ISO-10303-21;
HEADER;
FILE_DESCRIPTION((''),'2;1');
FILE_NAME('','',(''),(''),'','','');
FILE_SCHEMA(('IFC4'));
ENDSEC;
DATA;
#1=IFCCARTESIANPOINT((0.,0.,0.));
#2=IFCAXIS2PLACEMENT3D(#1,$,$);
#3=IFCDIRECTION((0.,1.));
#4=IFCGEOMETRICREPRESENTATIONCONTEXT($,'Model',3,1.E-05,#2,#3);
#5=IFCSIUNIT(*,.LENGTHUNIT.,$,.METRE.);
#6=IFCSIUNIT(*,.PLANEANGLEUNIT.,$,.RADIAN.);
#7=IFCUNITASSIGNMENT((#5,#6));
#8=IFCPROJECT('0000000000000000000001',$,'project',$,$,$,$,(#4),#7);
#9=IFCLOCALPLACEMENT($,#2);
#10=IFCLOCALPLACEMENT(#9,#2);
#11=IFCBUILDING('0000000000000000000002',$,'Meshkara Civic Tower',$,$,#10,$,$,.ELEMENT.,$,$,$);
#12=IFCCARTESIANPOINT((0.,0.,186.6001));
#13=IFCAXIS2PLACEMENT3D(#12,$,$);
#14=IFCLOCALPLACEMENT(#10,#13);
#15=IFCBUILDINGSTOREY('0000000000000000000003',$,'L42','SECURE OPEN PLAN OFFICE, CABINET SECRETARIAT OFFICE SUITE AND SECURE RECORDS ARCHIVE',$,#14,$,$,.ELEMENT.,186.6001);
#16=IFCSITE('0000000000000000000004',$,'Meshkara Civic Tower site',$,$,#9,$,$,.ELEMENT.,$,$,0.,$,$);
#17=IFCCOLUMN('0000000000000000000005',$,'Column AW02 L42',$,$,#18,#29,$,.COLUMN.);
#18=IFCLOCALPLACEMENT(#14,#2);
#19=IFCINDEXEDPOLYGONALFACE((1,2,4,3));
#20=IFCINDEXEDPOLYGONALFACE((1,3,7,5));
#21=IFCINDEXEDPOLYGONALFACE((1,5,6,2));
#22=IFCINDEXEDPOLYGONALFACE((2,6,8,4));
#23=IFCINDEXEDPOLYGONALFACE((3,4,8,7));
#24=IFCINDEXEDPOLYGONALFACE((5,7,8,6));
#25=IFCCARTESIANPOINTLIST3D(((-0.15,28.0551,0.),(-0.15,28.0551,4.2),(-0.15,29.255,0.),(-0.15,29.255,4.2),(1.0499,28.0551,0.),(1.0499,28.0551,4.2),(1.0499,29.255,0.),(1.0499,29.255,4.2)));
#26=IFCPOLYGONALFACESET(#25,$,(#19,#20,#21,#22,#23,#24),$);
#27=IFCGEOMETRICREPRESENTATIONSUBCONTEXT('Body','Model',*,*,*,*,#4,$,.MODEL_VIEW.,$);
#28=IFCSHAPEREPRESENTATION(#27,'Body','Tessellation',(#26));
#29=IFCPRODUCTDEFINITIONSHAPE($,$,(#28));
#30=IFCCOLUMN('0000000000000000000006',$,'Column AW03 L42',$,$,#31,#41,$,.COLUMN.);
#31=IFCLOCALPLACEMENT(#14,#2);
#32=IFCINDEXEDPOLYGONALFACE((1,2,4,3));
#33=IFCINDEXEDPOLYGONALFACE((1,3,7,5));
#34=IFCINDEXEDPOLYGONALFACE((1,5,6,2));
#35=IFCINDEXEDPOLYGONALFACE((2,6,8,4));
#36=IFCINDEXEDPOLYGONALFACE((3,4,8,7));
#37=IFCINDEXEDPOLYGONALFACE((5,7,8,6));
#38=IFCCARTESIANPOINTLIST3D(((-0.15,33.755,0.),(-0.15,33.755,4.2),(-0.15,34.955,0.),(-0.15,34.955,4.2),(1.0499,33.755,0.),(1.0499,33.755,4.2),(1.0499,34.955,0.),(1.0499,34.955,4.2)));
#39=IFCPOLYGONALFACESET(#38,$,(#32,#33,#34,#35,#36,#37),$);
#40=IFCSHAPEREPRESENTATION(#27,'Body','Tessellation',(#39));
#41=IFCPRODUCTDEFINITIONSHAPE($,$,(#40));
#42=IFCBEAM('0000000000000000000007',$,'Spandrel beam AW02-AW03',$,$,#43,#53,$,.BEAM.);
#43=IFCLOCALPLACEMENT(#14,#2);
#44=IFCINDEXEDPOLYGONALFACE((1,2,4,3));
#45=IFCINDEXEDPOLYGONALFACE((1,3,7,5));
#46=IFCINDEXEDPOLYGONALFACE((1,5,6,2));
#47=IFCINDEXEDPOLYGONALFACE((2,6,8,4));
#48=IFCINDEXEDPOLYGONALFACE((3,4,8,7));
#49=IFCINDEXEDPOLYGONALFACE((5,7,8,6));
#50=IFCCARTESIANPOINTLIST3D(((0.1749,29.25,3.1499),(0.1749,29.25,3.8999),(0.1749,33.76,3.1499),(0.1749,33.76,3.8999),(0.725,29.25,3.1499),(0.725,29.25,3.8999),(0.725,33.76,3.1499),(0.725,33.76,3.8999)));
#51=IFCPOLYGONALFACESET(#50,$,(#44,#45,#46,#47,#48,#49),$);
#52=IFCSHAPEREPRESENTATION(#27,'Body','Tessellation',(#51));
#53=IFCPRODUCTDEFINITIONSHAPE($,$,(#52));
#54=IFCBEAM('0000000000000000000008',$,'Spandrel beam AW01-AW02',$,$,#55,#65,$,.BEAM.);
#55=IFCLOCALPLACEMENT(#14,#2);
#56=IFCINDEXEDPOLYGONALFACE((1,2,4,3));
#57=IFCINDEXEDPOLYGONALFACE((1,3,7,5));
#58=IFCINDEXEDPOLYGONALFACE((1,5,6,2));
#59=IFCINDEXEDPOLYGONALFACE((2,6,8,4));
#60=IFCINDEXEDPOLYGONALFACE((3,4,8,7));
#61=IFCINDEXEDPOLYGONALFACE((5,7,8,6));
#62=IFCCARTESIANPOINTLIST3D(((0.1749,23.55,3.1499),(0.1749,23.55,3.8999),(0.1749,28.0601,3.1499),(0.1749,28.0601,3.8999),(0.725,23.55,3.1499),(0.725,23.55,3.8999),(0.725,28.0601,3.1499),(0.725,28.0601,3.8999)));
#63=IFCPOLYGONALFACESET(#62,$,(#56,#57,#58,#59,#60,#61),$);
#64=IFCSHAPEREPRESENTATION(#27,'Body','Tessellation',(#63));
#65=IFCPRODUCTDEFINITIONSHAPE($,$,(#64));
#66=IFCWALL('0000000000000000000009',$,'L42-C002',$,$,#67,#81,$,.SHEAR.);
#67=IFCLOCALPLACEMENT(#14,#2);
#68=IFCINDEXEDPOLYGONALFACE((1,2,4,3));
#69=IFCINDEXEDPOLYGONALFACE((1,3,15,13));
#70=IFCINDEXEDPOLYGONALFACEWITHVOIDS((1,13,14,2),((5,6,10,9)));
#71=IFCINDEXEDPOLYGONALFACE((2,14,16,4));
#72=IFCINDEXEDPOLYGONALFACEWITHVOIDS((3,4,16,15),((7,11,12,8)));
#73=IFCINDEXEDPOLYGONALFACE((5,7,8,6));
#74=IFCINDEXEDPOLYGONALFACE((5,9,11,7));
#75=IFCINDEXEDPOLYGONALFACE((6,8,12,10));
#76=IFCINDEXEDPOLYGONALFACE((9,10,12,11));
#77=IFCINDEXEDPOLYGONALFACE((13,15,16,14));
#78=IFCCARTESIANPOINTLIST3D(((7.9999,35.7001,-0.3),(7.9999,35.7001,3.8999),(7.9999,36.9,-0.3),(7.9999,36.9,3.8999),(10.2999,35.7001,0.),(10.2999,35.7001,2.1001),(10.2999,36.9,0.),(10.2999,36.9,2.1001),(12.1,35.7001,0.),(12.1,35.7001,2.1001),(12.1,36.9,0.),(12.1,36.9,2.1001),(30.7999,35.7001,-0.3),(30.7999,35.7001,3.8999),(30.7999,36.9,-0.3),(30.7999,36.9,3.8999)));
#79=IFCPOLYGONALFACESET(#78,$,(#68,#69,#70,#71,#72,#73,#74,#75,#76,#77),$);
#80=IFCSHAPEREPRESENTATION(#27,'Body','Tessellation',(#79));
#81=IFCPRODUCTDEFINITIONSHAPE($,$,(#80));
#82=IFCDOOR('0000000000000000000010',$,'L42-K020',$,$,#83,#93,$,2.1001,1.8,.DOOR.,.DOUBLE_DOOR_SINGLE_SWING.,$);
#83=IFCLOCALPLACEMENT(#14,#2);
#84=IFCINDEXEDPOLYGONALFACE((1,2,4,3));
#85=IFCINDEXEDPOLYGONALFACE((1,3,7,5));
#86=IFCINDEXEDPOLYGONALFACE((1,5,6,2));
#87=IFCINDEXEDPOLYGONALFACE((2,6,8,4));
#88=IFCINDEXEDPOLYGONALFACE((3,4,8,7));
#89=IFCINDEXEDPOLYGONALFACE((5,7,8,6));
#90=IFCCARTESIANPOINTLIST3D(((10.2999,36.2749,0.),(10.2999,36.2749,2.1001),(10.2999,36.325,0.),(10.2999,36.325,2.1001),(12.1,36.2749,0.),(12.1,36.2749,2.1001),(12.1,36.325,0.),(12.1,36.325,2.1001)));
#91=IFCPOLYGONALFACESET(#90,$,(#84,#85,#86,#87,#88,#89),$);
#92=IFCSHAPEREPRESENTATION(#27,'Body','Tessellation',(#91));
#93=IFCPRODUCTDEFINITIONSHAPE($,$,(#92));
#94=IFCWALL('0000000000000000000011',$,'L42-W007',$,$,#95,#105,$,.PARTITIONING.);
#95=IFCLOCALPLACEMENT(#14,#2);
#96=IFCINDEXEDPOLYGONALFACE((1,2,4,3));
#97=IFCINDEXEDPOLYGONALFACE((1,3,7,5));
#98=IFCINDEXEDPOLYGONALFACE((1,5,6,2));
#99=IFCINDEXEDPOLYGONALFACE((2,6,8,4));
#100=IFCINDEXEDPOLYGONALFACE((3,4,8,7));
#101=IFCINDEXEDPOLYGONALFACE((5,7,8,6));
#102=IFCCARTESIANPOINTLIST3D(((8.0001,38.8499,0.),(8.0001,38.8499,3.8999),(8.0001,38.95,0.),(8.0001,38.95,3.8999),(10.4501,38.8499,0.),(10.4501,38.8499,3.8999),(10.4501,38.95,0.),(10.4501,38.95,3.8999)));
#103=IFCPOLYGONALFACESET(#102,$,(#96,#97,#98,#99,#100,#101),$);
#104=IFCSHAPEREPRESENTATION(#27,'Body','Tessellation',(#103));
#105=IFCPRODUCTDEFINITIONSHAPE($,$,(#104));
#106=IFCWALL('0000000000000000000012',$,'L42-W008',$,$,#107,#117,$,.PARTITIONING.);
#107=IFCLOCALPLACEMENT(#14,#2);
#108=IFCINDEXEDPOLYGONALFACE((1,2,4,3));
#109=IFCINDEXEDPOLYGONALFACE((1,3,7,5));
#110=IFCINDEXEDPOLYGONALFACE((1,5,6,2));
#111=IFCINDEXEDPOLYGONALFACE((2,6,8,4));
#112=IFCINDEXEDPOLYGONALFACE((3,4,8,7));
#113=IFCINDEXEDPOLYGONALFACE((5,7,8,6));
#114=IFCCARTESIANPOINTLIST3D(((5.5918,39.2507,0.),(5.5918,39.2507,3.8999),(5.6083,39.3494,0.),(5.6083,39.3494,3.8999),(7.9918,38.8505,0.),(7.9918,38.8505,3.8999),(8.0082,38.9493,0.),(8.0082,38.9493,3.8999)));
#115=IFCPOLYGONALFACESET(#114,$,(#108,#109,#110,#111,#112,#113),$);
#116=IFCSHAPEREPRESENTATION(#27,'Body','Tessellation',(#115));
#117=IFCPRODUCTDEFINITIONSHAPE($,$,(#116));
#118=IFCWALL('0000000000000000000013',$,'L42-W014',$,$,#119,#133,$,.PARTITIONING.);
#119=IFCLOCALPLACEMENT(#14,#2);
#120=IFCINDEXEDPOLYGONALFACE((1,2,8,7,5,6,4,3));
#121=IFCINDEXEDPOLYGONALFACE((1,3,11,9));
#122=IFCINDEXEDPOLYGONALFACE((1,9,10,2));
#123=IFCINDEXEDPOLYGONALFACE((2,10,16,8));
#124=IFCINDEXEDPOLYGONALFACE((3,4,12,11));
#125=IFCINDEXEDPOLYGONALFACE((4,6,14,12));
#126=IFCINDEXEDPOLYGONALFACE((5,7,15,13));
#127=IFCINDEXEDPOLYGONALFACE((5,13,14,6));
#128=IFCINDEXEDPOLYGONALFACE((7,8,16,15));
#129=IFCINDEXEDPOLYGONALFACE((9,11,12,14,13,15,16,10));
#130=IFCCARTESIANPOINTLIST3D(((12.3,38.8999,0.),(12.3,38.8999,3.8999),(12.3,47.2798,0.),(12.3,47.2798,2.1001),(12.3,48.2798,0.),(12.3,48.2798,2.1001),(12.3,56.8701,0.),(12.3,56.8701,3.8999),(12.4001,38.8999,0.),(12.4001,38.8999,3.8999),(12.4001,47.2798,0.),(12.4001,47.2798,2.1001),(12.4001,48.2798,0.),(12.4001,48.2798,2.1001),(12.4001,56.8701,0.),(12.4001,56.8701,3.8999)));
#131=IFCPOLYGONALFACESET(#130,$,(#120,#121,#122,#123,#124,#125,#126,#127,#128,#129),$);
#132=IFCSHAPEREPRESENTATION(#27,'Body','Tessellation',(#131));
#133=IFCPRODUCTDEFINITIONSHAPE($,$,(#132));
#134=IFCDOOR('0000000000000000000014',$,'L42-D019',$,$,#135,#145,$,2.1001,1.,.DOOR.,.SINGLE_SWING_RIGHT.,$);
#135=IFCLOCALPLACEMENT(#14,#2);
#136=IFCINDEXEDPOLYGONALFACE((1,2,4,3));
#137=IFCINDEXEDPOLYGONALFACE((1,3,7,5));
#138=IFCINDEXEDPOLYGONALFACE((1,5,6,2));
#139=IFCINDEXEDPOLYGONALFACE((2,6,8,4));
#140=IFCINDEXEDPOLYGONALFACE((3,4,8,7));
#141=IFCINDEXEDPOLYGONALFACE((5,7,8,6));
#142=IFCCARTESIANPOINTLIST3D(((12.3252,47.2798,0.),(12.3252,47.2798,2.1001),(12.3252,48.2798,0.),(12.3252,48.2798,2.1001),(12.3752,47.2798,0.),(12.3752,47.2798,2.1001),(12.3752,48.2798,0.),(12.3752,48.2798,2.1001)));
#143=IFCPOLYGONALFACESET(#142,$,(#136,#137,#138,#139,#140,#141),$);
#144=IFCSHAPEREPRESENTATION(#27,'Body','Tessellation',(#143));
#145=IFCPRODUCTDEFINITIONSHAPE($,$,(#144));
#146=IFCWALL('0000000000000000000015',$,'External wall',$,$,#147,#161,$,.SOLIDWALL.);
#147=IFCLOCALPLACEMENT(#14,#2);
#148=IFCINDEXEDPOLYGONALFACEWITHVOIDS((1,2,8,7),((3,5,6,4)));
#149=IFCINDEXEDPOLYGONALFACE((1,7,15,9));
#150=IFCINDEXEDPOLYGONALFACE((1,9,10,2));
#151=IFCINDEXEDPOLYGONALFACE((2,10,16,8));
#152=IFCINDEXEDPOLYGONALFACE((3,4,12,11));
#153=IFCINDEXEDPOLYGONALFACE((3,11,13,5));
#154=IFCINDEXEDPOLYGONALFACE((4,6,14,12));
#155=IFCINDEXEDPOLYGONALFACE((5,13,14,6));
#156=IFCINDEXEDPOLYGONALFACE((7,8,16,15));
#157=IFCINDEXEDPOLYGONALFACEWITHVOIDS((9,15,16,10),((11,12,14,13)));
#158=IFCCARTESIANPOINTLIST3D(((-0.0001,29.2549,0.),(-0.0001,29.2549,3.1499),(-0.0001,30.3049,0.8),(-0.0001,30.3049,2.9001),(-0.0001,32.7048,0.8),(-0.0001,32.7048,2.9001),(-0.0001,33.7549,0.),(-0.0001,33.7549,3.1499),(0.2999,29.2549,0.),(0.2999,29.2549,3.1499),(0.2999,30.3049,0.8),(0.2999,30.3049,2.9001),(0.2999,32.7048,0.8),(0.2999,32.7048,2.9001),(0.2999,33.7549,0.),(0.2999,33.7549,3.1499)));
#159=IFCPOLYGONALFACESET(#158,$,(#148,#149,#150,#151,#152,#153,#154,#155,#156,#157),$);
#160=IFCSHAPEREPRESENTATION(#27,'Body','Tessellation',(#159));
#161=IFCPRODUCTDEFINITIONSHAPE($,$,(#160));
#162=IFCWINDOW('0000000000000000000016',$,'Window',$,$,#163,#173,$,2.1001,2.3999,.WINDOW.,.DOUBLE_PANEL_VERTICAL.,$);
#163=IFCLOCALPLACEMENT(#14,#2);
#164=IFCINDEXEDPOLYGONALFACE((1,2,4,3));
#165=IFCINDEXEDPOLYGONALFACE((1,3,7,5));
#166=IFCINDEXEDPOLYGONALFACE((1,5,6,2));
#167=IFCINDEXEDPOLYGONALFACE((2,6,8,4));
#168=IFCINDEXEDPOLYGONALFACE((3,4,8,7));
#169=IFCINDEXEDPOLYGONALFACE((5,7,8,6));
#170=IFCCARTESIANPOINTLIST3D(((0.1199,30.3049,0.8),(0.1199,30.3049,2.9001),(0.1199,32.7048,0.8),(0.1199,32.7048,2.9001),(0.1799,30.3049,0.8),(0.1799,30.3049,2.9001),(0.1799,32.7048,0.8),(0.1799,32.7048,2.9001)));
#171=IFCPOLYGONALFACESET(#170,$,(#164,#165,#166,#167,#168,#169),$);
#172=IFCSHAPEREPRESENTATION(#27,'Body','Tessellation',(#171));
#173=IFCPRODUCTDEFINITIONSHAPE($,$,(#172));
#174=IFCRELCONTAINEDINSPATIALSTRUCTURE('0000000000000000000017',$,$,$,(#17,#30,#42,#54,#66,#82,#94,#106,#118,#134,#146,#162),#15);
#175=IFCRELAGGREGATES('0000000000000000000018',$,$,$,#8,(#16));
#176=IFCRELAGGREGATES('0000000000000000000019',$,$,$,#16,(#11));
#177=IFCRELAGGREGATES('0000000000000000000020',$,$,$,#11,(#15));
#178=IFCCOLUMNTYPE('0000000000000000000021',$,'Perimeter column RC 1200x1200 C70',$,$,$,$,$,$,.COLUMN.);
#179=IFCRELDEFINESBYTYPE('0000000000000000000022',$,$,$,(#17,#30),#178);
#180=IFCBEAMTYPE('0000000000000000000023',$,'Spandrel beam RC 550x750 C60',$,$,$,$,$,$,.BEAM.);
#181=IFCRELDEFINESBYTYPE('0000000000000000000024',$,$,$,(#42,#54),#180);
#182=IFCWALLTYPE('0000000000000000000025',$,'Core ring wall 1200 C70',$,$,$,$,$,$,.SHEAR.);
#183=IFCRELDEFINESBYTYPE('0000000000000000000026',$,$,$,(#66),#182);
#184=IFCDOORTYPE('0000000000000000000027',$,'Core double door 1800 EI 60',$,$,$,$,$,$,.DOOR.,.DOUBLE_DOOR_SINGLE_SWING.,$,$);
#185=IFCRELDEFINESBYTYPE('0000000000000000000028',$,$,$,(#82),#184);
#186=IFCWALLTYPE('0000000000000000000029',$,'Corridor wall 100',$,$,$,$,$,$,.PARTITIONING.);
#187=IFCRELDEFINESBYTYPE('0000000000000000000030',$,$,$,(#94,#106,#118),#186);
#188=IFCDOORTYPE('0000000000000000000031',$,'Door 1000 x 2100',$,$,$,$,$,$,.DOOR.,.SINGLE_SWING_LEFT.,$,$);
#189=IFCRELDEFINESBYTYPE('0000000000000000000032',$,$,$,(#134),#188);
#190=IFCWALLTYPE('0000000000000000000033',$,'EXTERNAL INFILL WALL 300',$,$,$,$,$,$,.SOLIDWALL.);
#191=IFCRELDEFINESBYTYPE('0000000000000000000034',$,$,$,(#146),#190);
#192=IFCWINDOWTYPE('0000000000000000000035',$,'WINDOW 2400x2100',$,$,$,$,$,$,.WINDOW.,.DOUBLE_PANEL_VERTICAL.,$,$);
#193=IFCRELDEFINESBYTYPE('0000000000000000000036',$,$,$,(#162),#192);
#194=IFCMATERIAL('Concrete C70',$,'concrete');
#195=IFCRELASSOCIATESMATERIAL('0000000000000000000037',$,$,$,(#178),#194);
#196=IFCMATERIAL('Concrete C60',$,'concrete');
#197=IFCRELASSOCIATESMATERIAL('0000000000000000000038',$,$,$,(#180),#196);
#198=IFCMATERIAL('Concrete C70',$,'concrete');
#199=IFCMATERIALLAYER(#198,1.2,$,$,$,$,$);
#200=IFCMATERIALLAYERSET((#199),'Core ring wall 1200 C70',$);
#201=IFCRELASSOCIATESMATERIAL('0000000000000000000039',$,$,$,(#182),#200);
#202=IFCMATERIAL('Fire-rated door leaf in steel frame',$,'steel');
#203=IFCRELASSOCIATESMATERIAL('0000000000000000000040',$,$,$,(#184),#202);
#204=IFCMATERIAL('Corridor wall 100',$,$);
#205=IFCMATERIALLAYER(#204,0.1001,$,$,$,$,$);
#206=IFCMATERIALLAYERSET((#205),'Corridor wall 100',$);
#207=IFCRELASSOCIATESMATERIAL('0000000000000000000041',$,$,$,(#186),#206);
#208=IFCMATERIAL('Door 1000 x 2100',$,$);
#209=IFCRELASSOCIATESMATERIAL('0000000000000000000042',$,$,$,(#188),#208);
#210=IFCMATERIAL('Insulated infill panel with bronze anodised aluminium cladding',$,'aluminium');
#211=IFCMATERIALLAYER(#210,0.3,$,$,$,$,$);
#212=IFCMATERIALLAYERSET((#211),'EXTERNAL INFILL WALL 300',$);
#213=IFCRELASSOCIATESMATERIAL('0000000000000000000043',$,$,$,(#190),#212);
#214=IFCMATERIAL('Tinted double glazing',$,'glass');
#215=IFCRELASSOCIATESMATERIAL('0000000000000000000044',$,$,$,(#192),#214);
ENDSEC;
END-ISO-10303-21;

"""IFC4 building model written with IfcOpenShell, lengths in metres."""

from ifc_helpers import new_model, si_unit, direction, frame, frame_2d, origin, origin_2d, place, context, subcontext, project, spatial, rectangle, extrude, material, layer, layer_set, material_profile, profile_set, type_object, element, fill, save


model = new_model("IFC4")

# Units and contexts
model_context = context("Model", 3, precision=1e-05, world=origin(), true_north=direction((0.0, 1.0)))
body_context = subcontext(model_context, "Body", "Model", "MODEL_VIEW")
ifc_project = project(units=[si_unit("LENGTHUNIT", "METRE"), si_unit("PLANEANGLEUNIT", "RADIAN")], contexts=[model_context])

# Site, building, storey
site_placement = place(None, origin())
site = spatial("IfcSite", under=ifc_project, at=site_placement, Name="Meshkara Civic Tower site", CompositionType="ELEMENT", RefElevation=0.0)
building_placement = place(site_placement, origin())
building = spatial("IfcBuilding", under=site, at=building_placement, Name="Meshkara Civic Tower", CompositionType="ELEMENT")
storey_placement = place(building_placement, frame((0.0, 0.0, 186.6001)))
storey = spatial("IfcBuildingStorey", under=building, at=storey_placement, Name="L42", Description="SECURE OPEN PLAN OFFICE, CABINET SECRETARIAT OFFICE SUITE AND SECURE RECORDS ARCHIVE", CompositionType="ELEMENT", Elevation=186.6001)

# Columns
ifc_material_1 = material(Name="Concrete C70", Category="concrete")
ifc_material_profile_1 = material_profile(ifc_material_1, rectangle(XDim=1.2, YDim=1.2, at=origin_2d()))
ifc_profile_set_1 = profile_set([ifc_material_profile_1], Name="Concrete C70")
column_type = type_object("IfcColumnType", Name="Perimeter column RC 1200x1200 C70", PredefinedType="COLUMN", material=ifc_profile_set_1)
for number, where, z_axis, x_axis, name in (
    (1, (0.45, 28.655, 0.0), (0.0, 0.0, 1.0), (1.0, 0.0, 0.0), "Column AW02 L42"),
    (2, (0.45, 34.355, 0.0), (0.0, 0.0, 1.0), (1.0, 0.0, 0.0), "Column AW03 L42"),
):
    element("IfcColumn", number, at=place(storey_placement, frame(where, z_axis=z_axis, x_axis=x_axis)), inside=storey, type_object=column_type, Name=name, PredefinedType="COLUMN", context=body_context, shape_type="SweptSolid", body=[
        extrude(rectangle(XDim=1.2, YDim=1.2, at=origin_2d()), origin(), (0.0, 0.0, 1.0), 4.2),
    ])

# Beams
ifc_material_2 = material(Name="Concrete C60", Category="concrete")
ifc_material_profile_2 = material_profile(ifc_material_2, rectangle(XDim=0.55, YDim=0.75, at=origin_2d()))
ifc_profile_set_2 = profile_set([ifc_material_profile_2], Name="Concrete C60")
beam_type = type_object("IfcBeamType", Name="Spandrel beam RC 550x750 C60", PredefinedType="BEAM", material=ifc_profile_set_2)
for number, where, z_axis, x_axis, name in (
    (3, (0.45, 33.76, 3.5249), (0.0, -1.0, 0.0), (1.0, 0.0, 0.0), "Spandrel beam AW02-AW03"),
    (4, (0.45, 28.0601, 3.5249), (0.0, -1.0, 0.0), (1.0, 0.0, 0.0), "Spandrel beam AW01-AW02"),
):
    element("IfcBeam", number, at=place(storey_placement, frame(where, z_axis=z_axis, x_axis=x_axis)), inside=storey, type_object=beam_type, Name=name, PredefinedType="BEAM", context=body_context, shape_type="SweptSolid", body=[
        extrude(rectangle(XDim=0.55, YDim=0.75, at=origin_2d()), origin(), (0.0, 0.0, 1.0), 4.51),
    ])

# Wall, opening, door
ifc_material_3 = material(Name="Concrete C70", Category="concrete")
ifc_layer_1 = layer(ifc_material_3, 1.2)
ifc_layer_set_1 = layer_set([ifc_layer_1], Name="Core ring wall 1200 C70")
wall_type_1 = type_object("IfcWallType", Name="Core ring wall 1200 C70", PredefinedType="SHEAR", material=ifc_layer_set_1)
wall_1_placement = place(storey_placement, frame((8.0, 36.3, -0.3), z_axis=(0.0, 0.0, 1.0), x_axis=(1.0, 0.0, 0.0)))
wall_1 = element("IfcWall", 5, at=wall_1_placement, inside=storey, type_object=wall_type_1, Name="L42-C002", PredefinedType="SHEAR", context=body_context, shape_type="SweptSolid", body=[
    extrude(rectangle(XDim=22.8, YDim=1.2, at=frame_2d((11.3999, 0.0))), origin(), (0.0, 0.0, 1.0), 4.2),
])
opening_1_placement = place(wall_1_placement, frame((2.3, 0.0, 0.3)))
opening_1 = element("IfcOpeningElement", 6, at=opening_1_placement, cuts=wall_1, PredefinedType="OPENING", context=body_context, shape_type="SweptSolid", body=[
    extrude(rectangle(XDim=1.8, YDim=2.1001, at=frame_2d((0.8999, 1.05))), frame((0.0, 0.6099, 0.0), z_axis=(0.0, -1.0, 0.0), x_axis=(1.0, 0.0, 0.0)), (0.0, 0.0, 1.0), 1.22),
])
ifc_material_4 = material(Name="Fire-rated door leaf in steel frame", Category="steel")
door_type_1 = type_object("IfcDoorType", Name="Core double door 1800 EI 60", OperationType="DOUBLE_DOOR_SINGLE_SWING", PredefinedType="DOOR", material=ifc_material_4)
door_1_placement = place(opening_1_placement, origin())
door_1 = element("IfcDoor", 7, at=door_1_placement, inside=storey, type_object=door_type_1, Name="L42-K020", OperationType="DOUBLE_DOOR_SINGLE_SWING", OverallHeight=2.1001, OverallWidth=1.8, PredefinedType="DOOR", context=body_context, shape_type="SweptSolid", body=[
    extrude(rectangle(XDim=1.8, YDim=2.1001, at=frame_2d((0.8999, 1.05))), frame((0.0, 0.0249, 0.0), z_axis=(0.0, -1.0, 0.0), x_axis=(1.0, 0.0, 0.0)), (0.0, 0.0, 1.0), 0.05),
])
fill(opening_1, door_1)

# Walls
ifc_material_5 = material(Name="Corridor wall 100")
ifc_layer_2 = layer(ifc_material_5, 0.1001)
ifc_layer_set_2 = layer_set([ifc_layer_2], Name="Corridor wall 100")
wall_type_2 = type_object("IfcWallType", Name="Corridor wall 100", PredefinedType="PARTITIONING", material=ifc_layer_set_2)
wall_2_placement = place(storey_placement, frame((8.0, 38.8999, 0.0), z_axis=(0.0, 0.0, 1.0), x_axis=(1.0, 0.0, 0.0)))
element("IfcWall", 8, at=wall_2_placement, inside=storey, type_object=wall_type_2, Name="L42-W007", PredefinedType="PARTITIONING", context=body_context, shape_type="SweptSolid", body=[
    extrude(rectangle(XDim=2.45, YDim=0.1001, at=frame_2d((1.2251, 0.0))), origin(), (0.0, 0.0, 1.0), 3.8999),
])
wall_3_placement = place(storey_placement, frame((8.0, 38.8999, 0.0), z_axis=(0.0, 0.0, 1.0), x_axis=(-0.986383, 0.164464, 0.0)))
element("IfcWall", 9, at=wall_3_placement, inside=storey, type_object=wall_type_2, Name="L42-W008", PredefinedType="PARTITIONING", context=body_context, shape_type="SweptSolid", body=[
    extrude(rectangle(XDim=2.4331, YDim=0.1001, at=frame_2d((1.2166, 0.0))), origin(), (0.0, 0.0, 1.0), 3.8999),
])

# Wall, opening, door
wall_4_placement = place(storey_placement, frame((12.3501, 38.8999, 0.0), z_axis=(0.0, 0.0, 1.0), x_axis=(0.0, 1.0, 0.0)))
wall_4 = element("IfcWall", 10, at=wall_4_placement, inside=storey, type_object=wall_type_2, Name="L42-W014", PredefinedType="PARTITIONING", context=body_context, shape_type="SweptSolid", body=[
    extrude(rectangle(XDim=17.9702, YDim=0.1001, at=frame_2d((8.9851, 0.0))), origin(), (0.0, 0.0, 1.0), 3.8999),
])
opening_2_placement = place(wall_4_placement, frame((8.3799, 0.0, 0.0)))
opening_2 = element("IfcOpeningElement", 11, at=opening_2_placement, cuts=wall_4, PredefinedType="OPENING", context=body_context, shape_type="SweptSolid", body=[
    extrude(rectangle(XDim=1.0, YDim=2.1001, at=frame_2d((0.5, 1.05))), frame((0.0, 0.0601, 0.0), z_axis=(0.0, -1.0, 0.0), x_axis=(1.0, 0.0, 0.0)), (0.0, 0.0, 1.0), 0.1201),
])
ifc_material_6 = material(Name="Door 1000 x 2100")
door_type_2 = type_object("IfcDoorType", Name="Door 1000 x 2100", OperationType="SINGLE_SWING_LEFT", PredefinedType="DOOR", material=ifc_material_6)
door_2_placement = place(opening_2_placement, origin())
door_2 = element("IfcDoor", 12, at=door_2_placement, inside=storey, type_object=door_type_2, Name="L42-D019", OperationType="SINGLE_SWING_RIGHT", OverallHeight=2.1001, OverallWidth=1.0, PredefinedType="DOOR", context=body_context, shape_type="SweptSolid", body=[
    extrude(rectangle(XDim=1.0, YDim=2.1001, at=frame_2d((0.5, 1.05))), frame((0.0, 0.0249, 0.0), z_axis=(0.0, -1.0, 0.0), x_axis=(1.0, 0.0, 0.0)), (0.0, 0.0, 1.0), 0.05),
])
fill(opening_2, door_2)

# Wall, opening, window
ifc_material_7 = material(Name="Insulated infill panel with bronze anodised aluminium cladding", Category="aluminium")
ifc_layer_3 = layer(ifc_material_7, 0.3)
ifc_layer_set_3 = layer_set([ifc_layer_3], Name="EXTERNAL INFILL WALL 300")
wall_type_3 = type_object("IfcWallType", Name="EXTERNAL INFILL WALL 300", PredefinedType="SOLIDWALL", material=ifc_layer_set_3)
wall_5_placement = place(storey_placement, frame((0.1499, 33.7549, 0.0), z_axis=(0.0, 0.0, 1.0), x_axis=(0.0, -1.0, 0.0)))
wall_5 = element("IfcWall", 13, at=wall_5_placement, inside=storey, type_object=wall_type_3, Name="External wall", PredefinedType="SOLIDWALL", context=body_context, shape_type="SweptSolid", body=[
    extrude(rectangle(XDim=4.5, YDim=0.3, at=frame_2d((2.25, 0.0))), origin(), (0.0, 0.0, 1.0), 3.1499),
])
opening_3_placement = place(wall_5_placement, frame((1.05, 0.0, 0.8)))
opening_3 = element("IfcOpeningElement", 14, at=opening_3_placement, cuts=wall_5, PredefinedType="OPENING", context=body_context, shape_type="SweptSolid", body=[
    extrude(rectangle(XDim=2.3999, YDim=2.1001, at=frame_2d((1.2, 1.05))), frame((0.0, 0.1599, 0.0), z_axis=(0.0, -1.0, 0.0), x_axis=(1.0, 0.0, 0.0)), (0.0, 0.0, 1.0), 0.3201),
])
ifc_material_8 = material(Name="Tinted double glazing", Category="glass")
window_type = type_object("IfcWindowType", Name="WINDOW 2400x2100", PartitioningType="DOUBLE_PANEL_VERTICAL", PredefinedType="WINDOW", material=ifc_material_8)
window_1_placement = place(opening_3_placement, origin())
window_1 = element("IfcWindow", 15, at=window_1_placement, inside=storey, type_object=window_type, Name="Window", OverallHeight=2.1001, OverallWidth=2.3999, PartitioningType="DOUBLE_PANEL_VERTICAL", PredefinedType="WINDOW", context=body_context, shape_type="SweptSolid", body=[
    extrude(rectangle(XDim=2.3999, YDim=2.1001, at=frame_2d((1.2, 1.05))), frame((0.0, 0.03, 0.0), z_axis=(0.0, -1.0, 0.0), x_axis=(1.0, 0.0, 0.0)), (0.0, 0.0, 1.0), 0.0601),
])
fill(opening_3, window_1)

save(model, "model.ifc")
